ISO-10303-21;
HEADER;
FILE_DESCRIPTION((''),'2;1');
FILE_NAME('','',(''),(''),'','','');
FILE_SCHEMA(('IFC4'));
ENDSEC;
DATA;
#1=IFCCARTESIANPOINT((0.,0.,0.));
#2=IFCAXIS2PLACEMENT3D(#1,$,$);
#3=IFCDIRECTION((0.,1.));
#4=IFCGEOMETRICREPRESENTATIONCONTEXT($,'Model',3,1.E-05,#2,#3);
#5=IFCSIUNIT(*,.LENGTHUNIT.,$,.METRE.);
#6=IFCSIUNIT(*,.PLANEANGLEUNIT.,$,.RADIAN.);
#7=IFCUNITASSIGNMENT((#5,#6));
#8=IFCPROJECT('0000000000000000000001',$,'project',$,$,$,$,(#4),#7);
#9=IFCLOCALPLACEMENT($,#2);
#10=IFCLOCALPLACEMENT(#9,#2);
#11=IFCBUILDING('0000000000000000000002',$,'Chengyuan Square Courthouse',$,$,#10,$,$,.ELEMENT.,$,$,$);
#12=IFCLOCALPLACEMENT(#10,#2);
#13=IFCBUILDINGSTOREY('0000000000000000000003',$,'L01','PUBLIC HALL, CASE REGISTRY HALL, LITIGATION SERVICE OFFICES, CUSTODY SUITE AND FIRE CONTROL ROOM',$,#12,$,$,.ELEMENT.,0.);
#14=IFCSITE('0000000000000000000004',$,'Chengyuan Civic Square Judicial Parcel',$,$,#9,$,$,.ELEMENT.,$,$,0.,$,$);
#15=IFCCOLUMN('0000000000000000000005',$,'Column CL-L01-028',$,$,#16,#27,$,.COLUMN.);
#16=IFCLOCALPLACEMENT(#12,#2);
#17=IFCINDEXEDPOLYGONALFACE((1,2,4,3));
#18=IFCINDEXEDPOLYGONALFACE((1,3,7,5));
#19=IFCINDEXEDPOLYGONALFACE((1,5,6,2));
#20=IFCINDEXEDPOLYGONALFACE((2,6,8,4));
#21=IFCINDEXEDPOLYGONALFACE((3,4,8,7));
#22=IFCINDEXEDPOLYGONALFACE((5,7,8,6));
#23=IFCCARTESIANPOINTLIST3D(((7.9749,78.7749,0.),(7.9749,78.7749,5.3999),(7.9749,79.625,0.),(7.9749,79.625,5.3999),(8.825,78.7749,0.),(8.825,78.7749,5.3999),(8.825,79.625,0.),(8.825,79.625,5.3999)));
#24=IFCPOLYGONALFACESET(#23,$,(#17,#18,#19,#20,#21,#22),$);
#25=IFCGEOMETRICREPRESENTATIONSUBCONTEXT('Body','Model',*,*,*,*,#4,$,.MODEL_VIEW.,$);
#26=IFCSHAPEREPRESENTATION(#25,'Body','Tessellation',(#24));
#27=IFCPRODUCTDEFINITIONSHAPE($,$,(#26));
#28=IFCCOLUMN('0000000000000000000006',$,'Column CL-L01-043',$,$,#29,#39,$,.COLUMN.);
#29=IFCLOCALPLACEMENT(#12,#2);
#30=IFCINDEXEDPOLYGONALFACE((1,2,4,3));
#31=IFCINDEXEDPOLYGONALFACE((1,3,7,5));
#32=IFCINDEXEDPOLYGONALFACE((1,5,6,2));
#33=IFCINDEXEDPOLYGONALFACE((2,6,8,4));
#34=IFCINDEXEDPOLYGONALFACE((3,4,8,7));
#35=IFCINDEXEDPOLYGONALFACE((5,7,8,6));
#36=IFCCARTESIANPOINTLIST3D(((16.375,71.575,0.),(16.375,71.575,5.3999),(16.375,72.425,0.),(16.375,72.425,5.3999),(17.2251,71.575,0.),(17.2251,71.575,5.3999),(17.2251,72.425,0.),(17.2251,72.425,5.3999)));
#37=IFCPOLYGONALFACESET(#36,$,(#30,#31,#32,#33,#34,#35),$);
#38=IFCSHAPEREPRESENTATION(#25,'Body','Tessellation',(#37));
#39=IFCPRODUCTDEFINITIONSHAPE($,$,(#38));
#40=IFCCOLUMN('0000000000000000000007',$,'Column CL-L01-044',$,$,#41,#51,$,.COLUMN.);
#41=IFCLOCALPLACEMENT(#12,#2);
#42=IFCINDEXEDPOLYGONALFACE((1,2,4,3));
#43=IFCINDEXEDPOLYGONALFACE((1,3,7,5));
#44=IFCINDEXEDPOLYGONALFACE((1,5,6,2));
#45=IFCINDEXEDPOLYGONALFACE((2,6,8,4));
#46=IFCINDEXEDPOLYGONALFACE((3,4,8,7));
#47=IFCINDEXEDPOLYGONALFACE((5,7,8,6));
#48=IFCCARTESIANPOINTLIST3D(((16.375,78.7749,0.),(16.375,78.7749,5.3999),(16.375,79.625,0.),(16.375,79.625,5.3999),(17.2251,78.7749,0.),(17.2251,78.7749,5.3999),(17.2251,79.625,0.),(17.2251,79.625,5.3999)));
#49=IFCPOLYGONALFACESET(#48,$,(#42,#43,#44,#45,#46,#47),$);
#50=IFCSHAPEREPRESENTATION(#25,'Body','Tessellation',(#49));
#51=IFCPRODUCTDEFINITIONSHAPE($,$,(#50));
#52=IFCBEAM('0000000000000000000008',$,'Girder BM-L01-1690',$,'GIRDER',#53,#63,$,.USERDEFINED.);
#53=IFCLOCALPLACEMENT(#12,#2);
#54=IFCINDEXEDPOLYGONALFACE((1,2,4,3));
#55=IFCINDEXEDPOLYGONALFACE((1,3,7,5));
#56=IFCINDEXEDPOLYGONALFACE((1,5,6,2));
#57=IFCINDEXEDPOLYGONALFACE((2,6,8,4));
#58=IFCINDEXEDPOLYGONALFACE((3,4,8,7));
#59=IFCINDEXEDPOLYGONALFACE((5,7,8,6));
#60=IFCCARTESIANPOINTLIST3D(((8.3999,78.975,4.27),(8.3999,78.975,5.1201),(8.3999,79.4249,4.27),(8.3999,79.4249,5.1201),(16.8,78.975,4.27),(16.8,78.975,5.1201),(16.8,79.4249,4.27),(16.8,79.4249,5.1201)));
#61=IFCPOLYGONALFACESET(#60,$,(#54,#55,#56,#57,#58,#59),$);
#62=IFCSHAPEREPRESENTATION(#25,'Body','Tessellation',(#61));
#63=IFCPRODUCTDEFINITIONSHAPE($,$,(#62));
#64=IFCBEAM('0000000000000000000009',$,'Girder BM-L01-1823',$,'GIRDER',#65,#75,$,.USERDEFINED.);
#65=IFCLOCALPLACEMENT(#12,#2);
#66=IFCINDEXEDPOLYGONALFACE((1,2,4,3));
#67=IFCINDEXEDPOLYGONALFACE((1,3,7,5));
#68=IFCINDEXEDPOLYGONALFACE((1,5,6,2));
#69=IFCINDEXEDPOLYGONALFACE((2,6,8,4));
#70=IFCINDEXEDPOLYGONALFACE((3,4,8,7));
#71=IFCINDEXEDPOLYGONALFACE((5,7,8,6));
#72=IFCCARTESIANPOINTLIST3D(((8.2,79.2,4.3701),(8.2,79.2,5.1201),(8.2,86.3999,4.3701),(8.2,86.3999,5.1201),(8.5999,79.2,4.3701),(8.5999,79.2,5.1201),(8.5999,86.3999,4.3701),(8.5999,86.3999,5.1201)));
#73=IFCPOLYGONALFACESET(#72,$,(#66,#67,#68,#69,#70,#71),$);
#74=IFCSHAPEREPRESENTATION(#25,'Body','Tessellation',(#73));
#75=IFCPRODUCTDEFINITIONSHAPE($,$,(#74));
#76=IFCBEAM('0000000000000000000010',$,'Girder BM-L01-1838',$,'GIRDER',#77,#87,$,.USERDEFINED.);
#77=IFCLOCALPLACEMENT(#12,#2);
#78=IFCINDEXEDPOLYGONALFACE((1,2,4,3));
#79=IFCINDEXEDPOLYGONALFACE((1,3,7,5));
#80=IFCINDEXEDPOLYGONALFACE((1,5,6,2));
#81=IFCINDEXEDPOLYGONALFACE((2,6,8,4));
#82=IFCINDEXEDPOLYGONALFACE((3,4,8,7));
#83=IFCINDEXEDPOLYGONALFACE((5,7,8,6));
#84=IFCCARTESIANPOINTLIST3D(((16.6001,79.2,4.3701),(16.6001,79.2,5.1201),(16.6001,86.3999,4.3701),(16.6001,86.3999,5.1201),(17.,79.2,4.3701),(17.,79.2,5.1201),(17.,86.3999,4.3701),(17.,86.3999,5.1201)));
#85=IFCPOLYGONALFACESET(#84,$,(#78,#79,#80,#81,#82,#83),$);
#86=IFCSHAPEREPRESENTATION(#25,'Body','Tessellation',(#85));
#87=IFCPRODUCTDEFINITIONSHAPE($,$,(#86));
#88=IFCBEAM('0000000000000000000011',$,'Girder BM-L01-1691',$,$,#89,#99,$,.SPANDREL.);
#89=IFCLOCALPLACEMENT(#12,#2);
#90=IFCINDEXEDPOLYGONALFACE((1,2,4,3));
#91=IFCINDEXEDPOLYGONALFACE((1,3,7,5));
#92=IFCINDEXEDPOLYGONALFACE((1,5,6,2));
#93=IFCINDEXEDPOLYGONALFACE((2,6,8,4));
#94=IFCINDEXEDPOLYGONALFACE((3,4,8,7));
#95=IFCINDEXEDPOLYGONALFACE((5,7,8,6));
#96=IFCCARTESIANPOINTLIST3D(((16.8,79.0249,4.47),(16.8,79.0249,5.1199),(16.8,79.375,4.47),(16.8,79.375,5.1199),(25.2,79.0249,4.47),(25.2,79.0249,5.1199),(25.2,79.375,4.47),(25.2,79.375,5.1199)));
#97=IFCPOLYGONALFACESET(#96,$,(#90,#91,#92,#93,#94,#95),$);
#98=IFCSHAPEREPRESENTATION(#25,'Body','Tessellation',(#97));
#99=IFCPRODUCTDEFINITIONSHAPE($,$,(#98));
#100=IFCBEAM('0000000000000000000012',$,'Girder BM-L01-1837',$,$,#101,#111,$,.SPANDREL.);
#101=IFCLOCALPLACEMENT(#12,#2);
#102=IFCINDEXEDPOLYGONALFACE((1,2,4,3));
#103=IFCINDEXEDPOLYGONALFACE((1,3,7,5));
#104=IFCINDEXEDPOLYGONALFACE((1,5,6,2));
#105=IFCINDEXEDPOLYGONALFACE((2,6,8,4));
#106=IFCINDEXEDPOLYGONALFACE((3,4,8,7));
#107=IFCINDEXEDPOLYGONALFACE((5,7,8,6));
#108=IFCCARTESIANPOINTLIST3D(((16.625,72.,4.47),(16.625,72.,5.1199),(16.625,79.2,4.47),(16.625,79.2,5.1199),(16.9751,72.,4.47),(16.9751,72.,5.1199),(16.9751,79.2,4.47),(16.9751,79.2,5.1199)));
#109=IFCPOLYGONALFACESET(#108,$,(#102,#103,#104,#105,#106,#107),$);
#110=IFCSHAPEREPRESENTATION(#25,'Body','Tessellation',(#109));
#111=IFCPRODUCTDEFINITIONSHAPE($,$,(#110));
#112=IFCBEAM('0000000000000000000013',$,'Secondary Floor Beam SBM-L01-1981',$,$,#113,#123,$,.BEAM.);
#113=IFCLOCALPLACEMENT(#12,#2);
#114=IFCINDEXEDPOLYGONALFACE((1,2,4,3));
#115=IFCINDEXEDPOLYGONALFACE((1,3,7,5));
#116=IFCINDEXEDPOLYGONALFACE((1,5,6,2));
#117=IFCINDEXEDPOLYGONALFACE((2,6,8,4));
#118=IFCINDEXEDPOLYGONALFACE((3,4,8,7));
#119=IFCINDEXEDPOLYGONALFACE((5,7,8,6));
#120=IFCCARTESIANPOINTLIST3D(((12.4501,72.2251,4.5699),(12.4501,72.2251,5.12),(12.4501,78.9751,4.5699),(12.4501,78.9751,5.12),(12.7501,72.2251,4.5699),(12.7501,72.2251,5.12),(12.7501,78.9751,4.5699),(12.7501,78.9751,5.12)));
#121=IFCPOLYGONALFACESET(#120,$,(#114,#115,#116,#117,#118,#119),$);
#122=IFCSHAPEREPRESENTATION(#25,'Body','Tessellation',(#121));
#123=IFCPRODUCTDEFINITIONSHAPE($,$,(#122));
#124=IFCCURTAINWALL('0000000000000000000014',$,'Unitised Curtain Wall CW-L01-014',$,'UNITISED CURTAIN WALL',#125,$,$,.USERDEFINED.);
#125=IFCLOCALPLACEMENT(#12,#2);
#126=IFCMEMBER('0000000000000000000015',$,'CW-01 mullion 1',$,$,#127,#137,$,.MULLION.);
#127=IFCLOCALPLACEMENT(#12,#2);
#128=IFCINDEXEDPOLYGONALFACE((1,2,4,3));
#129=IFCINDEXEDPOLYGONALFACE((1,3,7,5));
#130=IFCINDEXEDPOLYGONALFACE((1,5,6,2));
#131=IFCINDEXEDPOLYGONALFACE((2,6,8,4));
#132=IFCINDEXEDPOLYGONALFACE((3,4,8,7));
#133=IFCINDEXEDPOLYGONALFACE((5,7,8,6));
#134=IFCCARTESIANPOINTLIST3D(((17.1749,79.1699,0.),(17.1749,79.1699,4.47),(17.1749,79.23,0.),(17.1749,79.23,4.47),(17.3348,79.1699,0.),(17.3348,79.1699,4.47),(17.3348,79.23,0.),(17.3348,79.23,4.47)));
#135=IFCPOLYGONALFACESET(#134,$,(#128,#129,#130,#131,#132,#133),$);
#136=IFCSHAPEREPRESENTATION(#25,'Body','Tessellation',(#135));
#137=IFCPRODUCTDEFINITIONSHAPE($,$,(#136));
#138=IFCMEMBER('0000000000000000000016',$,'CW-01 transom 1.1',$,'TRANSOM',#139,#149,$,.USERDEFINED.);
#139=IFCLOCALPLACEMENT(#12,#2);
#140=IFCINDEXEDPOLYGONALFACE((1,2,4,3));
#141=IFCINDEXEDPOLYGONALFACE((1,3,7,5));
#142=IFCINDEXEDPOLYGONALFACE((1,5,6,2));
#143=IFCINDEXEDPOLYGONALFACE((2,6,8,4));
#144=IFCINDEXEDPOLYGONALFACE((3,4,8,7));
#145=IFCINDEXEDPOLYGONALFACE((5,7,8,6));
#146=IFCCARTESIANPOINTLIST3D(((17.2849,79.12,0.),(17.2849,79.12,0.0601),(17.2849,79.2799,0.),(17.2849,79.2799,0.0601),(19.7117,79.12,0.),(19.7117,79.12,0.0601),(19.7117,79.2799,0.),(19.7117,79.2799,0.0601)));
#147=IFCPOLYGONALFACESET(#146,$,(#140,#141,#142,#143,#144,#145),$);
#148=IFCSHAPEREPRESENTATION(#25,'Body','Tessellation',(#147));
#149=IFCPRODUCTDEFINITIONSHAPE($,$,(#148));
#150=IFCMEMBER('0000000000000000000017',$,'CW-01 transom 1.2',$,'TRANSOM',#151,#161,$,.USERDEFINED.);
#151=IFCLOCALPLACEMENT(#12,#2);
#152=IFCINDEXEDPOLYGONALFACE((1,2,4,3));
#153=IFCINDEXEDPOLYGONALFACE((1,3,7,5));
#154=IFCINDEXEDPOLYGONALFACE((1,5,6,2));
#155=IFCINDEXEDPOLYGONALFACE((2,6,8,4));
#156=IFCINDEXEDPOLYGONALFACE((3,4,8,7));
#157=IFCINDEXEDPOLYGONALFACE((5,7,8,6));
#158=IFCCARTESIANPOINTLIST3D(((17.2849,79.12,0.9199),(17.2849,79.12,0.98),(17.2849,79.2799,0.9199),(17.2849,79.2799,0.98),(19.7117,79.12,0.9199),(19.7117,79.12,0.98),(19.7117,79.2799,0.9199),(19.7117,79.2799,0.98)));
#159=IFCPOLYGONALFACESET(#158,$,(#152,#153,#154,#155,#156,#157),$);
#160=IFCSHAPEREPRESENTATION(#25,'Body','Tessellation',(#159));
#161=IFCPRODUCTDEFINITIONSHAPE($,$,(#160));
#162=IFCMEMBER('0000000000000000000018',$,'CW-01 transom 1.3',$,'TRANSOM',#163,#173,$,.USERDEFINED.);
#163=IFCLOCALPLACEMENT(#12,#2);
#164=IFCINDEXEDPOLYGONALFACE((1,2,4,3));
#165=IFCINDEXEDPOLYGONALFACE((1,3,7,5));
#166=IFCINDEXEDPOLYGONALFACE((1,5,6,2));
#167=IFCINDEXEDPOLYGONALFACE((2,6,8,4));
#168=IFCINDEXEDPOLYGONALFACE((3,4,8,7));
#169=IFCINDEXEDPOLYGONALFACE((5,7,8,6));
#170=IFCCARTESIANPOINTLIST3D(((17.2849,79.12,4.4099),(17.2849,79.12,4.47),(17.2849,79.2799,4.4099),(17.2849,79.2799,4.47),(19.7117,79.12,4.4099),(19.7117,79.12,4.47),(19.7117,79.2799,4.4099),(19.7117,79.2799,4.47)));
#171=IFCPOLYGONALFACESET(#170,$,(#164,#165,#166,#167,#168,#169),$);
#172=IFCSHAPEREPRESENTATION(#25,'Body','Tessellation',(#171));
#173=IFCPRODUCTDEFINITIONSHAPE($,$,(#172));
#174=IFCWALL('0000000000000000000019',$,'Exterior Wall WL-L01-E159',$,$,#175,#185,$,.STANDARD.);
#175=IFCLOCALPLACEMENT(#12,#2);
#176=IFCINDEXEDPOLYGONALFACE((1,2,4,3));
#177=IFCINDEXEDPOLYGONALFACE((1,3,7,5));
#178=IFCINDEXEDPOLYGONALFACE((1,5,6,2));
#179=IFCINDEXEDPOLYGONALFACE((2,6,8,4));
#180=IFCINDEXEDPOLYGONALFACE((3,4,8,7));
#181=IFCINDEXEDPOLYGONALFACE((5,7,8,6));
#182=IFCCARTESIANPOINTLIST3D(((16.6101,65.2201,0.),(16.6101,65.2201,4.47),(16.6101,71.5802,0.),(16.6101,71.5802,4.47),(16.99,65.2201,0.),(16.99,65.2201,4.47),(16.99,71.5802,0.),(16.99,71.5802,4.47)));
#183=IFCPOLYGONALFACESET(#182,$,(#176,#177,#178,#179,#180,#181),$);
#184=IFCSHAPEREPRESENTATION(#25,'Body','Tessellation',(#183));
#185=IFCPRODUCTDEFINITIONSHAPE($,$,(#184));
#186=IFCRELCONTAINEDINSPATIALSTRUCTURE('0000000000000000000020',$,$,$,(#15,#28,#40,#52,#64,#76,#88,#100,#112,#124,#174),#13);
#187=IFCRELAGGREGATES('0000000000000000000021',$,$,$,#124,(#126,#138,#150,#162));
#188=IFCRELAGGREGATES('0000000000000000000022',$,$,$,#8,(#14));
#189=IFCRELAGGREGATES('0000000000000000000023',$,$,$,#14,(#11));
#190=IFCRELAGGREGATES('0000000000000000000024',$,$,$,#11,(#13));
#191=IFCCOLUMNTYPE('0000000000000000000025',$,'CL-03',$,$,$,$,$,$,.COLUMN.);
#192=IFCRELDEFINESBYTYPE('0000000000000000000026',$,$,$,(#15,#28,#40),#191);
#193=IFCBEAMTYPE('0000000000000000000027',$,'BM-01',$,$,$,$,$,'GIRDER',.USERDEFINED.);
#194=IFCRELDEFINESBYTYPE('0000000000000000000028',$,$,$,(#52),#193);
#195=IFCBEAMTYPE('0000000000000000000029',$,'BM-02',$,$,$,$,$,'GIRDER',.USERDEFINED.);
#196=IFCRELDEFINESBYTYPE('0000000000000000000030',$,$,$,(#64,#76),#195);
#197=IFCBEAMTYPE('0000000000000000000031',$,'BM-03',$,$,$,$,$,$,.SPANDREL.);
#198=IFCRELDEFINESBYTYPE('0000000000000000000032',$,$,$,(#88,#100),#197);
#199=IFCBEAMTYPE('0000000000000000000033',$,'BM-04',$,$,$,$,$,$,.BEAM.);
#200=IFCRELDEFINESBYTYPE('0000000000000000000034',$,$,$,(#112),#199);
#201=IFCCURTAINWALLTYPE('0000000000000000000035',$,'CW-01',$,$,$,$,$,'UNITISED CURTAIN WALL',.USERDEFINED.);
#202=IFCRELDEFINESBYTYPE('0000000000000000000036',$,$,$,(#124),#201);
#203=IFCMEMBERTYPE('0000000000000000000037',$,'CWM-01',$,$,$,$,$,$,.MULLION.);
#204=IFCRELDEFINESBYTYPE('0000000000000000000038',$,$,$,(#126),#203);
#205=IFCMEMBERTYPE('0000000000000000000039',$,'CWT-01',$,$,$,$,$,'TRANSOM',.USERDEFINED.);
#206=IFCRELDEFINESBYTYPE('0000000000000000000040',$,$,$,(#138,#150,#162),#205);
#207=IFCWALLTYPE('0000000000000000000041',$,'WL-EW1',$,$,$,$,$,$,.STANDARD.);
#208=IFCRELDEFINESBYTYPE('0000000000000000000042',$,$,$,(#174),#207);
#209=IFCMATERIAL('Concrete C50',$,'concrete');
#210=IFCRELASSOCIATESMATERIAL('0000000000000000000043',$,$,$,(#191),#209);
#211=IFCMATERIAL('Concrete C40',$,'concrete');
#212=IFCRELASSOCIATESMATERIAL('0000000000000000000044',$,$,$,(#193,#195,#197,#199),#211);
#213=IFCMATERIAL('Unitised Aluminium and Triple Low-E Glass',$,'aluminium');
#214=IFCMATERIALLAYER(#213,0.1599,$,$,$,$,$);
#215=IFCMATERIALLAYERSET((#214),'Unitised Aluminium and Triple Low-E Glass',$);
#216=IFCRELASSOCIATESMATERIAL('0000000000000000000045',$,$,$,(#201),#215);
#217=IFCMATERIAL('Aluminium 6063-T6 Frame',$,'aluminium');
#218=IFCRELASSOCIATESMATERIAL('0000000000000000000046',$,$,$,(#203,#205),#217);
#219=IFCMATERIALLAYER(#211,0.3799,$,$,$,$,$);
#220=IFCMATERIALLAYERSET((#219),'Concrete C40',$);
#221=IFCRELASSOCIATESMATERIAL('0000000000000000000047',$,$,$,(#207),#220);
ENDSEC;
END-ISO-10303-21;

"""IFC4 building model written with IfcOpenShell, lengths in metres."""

from ifc_helpers import new_model, si_unit, direction, frame, frame_2d, origin, origin_2d, place, context, subcontext, project, spatial, rectangle, extrude, material, layer, layer_set, material_profile, profile_set, type_object, element, aggregate, save


model = new_model("IFC4")

# Units and contexts
model_context = context("Model", 3, precision=1e-05, world=origin(), true_north=direction((0.0, 1.0)))
body_context = subcontext(model_context, "Body", "Model", "MODEL_VIEW")
ifc_project = project(units=[si_unit("LENGTHUNIT", "METRE"), si_unit("PLANEANGLEUNIT", "RADIAN")], contexts=[model_context])

# Site, building, storey
site_placement = place(None, origin())
site = spatial("IfcSite", under=ifc_project, at=site_placement, Name="Chengyuan Civic Square Judicial Parcel", CompositionType="ELEMENT", RefElevation=0.0)
building_placement = place(site_placement, origin())
building = spatial("IfcBuilding", under=site, at=building_placement, Name="Chengyuan Square Courthouse", CompositionType="ELEMENT")
storey_placement = place(building_placement, origin())
storey = spatial("IfcBuildingStorey", under=building, at=storey_placement, Name="L01", Description="PUBLIC HALL, CASE REGISTRY HALL, LITIGATION SERVICE OFFICES, CUSTODY SUITE AND FIRE CONTROL ROOM", CompositionType="ELEMENT", Elevation=0.0)

# Columns
ifc_material_1 = material(Name="Concrete C50", Category="concrete")
ifc_material_profile_1 = material_profile(ifc_material_1, rectangle(XDim=0.8501, YDim=0.8501, at=origin_2d()), Name="RC-COL-850x850")
ifc_profile_set_1 = profile_set([ifc_material_profile_1], Name="Concrete C50")
column_type = type_object("IfcColumnType", Name="CL-03", PredefinedType="COLUMN", material=ifc_profile_set_1)
for number, where, z_axis, x_axis, name in (
    (1, (8.3999, 79.2, 0.0), (0.0, 0.0, 1.0), (1.0, 0.0, 0.0), "Column CL-L01-028"),
    (2, (16.8, 72.0, 0.0), (0.0, 0.0, 1.0), (1.0, 0.0, 0.0), "Column CL-L01-043"),
    (3, (16.8, 79.2, 0.0), (0.0, 0.0, 1.0), (1.0, 0.0, 0.0), "Column CL-L01-044"),
):
    element("IfcColumn", number, at=place(storey_placement, frame(where, z_axis=z_axis, x_axis=x_axis)), inside=storey, type_object=column_type, Name=name, PredefinedType="COLUMN", context=body_context, shape_type="SweptSolid", body=[
        extrude(rectangle(XDim=0.8501, YDim=0.8501, at=origin_2d()), origin(), (0.0, 0.0, 1.0), 5.3999),
    ])

# Beams
ifc_material_2 = material(Name="Concrete C40", Category="concrete")
ifc_material_profile_2 = material_profile(ifc_material_2, rectangle(XDim=0.45, YDim=0.8501, at=origin_2d()), Name="RC-BM-450x850")
ifc_profile_set_2 = profile_set([ifc_material_profile_2], Name="Concrete C40")
beam_type_1 = type_object("IfcBeamType", Name="BM-01", ElementType="GIRDER", PredefinedType="USERDEFINED", material=ifc_profile_set_2)
beam_1_placement = place(storey_placement, frame((8.3999, 79.2, 4.6951), z_axis=(1.0, 0.0, 0.0), x_axis=(0.0, 1.0, 0.0)))
element("IfcBeam", 4, at=beam_1_placement, inside=storey, type_object=beam_type_1, Name="Girder BM-L01-1690", ObjectType="GIRDER", PredefinedType="USERDEFINED", context=body_context, shape_type="SweptSolid", body=[
    extrude(rectangle(XDim=0.45, YDim=0.8501, at=origin_2d()), origin(), (0.0, 0.0, 1.0), 8.4001),
])
ifc_material_profile_3 = material_profile(ifc_material_2, rectangle(XDim=0.3999, YDim=0.75, at=origin_2d()), Name="RC-BM-400x750")
ifc_profile_set_3 = profile_set([ifc_material_profile_3], Name="Concrete C40")
beam_type_2 = type_object("IfcBeamType", Name="BM-02", ElementType="GIRDER", PredefinedType="USERDEFINED", material=ifc_profile_set_3)
for number, where, z_axis, x_axis, name in (
    (5, (8.3999, 79.2, 4.7451), (0.0, 1.0, 0.0), (-1.0, 0.0, 0.0), "Girder BM-L01-1823"),
    (6, (16.8, 79.2, 4.7451), (0.0, 1.0, 0.0), (-1.0, 0.0, 0.0), "Girder BM-L01-1838"),
):
    element("IfcBeam", number, at=place(storey_placement, frame(where, z_axis=z_axis, x_axis=x_axis)), inside=storey, type_object=beam_type_2, Name=name, ObjectType="GIRDER", PredefinedType="USERDEFINED", context=body_context, shape_type="SweptSolid", body=[
        extrude(rectangle(XDim=0.3999, YDim=0.75, at=origin_2d()), origin(), (0.0, 0.0, 1.0), 7.2),
    ])
ifc_material_profile_4 = material_profile(ifc_material_2, rectangle(XDim=0.3501, YDim=0.6499, at=origin_2d()), Name="RC-BM-350x650")
ifc_profile_set_4 = profile_set([ifc_material_profile_4], Name="Concrete C40")
beam_type_3 = type_object("IfcBeamType", Name="BM-03", PredefinedType="SPANDREL", material=ifc_profile_set_4)
beam_2_placement = place(storey_placement, frame((16.8, 79.2, 4.7949), z_axis=(1.0, 0.0, 0.0), x_axis=(0.0, 1.0, 0.0)))
element("IfcBeam", 7, at=beam_2_placement, inside=storey, type_object=beam_type_3, Name="Girder BM-L01-1691", PredefinedType="SPANDREL", context=body_context, shape_type="SweptSolid", body=[
    extrude(rectangle(XDim=0.3501, YDim=0.6499, at=origin_2d()), origin(), (0.0, 0.0, 1.0), 8.3999),
])
beam_3_placement = place(storey_placement, frame((16.8, 72.0, 4.7949), z_axis=(0.0, 1.0, 0.0), x_axis=(-1.0, 0.0, 0.0)))
element("IfcBeam", 8, at=beam_3_placement, inside=storey, type_object=beam_type_3, Name="Girder BM-L01-1837", PredefinedType="SPANDREL", context=body_context, shape_type="SweptSolid", body=[
    extrude(rectangle(XDim=0.3501, YDim=0.6499, at=origin_2d()), origin(), (0.0, 0.0, 1.0), 7.2),
])
ifc_material_profile_5 = material_profile(ifc_material_2, rectangle(XDim=0.3, YDim=0.55, at=origin_2d()), Name="RC-BM-300x550")
ifc_profile_set_5 = profile_set([ifc_material_profile_5], Name="Concrete C40")
beam_type_4 = type_object("IfcBeamType", Name="BM-04", PredefinedType="BEAM", material=ifc_profile_set_5)
beam_4_placement = place(storey_placement, frame((12.6001, 72.2251, 4.845), z_axis=(0.0, 1.0, 0.0), x_axis=(-1.0, 0.0, 0.0)))
element("IfcBeam", 9, at=beam_4_placement, inside=storey, type_object=beam_type_4, Name="Secondary Floor Beam SBM-L01-1981", PredefinedType="BEAM", context=body_context, shape_type="SweptSolid", body=[
    extrude(rectangle(XDim=0.3, YDim=0.55, at=origin_2d()), origin(), (0.0, 0.0, 1.0), 6.75),
])

# Curtain wall, members
ifc_material_3 = material(Name="Unitised Aluminium and Triple Low-E Glass", Category="aluminium")
ifc_layer_1 = layer(ifc_material_3, 0.1599)
ifc_layer_set_1 = layer_set([ifc_layer_1], Name="Unitised Aluminium and Triple Low-E Glass")
curtain_wall_type = type_object("IfcCurtainWallType", Name="CW-01", ElementType="UNITISED CURTAIN WALL", PredefinedType="USERDEFINED", material=ifc_layer_set_1)
curtain_wall_placement = place(storey_placement, origin())
curtain_wall = element("IfcCurtainWall", 10, at=curtain_wall_placement, inside=storey, type_object=curtain_wall_type, Name="Unitised Curtain Wall CW-L01-014", ObjectType="UNITISED CURTAIN WALL", PredefinedType="USERDEFINED")
ifc_material_4 = material(Name="Aluminium 6063-T6 Frame", Category="aluminium")
ifc_material_profile_6 = material_profile(ifc_material_4, rectangle(XDim=0.0601, YDim=0.1599, at=origin_2d()), Name="CW-MUL-60x160")
ifc_profile_set_6 = profile_set([ifc_material_profile_6], Name="Aluminium 6063-T6 Frame")
member_type_1 = type_object("IfcMemberType", Name="CWM-01", PredefinedType="MULLION", material=ifc_profile_set_6)
member_1_placement = place(storey_placement, frame((17.2549, 79.2, 0.0), z_axis=(0.0, 0.0, 1.0), x_axis=(0.0, 1.0, 0.0)))
member_1 = element("IfcMember", 11, at=member_1_placement, type_object=member_type_1, Name="CW-01 mullion 1", PredefinedType="MULLION", context=body_context, shape_type="SweptSolid", body=[
    extrude(rectangle(XDim=0.0601, YDim=0.1599, at=origin_2d()), origin(), (0.0, 0.0, 1.0), 4.47),
])
ifc_material_profile_7 = material_profile(ifc_material_4, rectangle(XDim=0.1599, YDim=0.0601, at=origin_2d()), Name="CW-TRN-60x120")
ifc_profile_set_7 = profile_set([ifc_material_profile_7], Name="Aluminium 6063-T6 Frame")
member_type_2 = type_object("IfcMemberType", Name="CWT-01", ElementType="TRANSOM", PredefinedType="USERDEFINED", material=ifc_profile_set_7)
member_2_placement = place(storey_placement, frame((17.2849, 79.2, 0.03), z_axis=(1.0, 0.0, 0.0), x_axis=(0.0, 1.0, 0.0)))
member_2 = element("IfcMember", 12, at=member_2_placement, type_object=member_type_2, Name="CW-01 transom 1.1", ObjectType="TRANSOM", PredefinedType="USERDEFINED", context=body_context, shape_type="SweptSolid", body=[
    extrude(rectangle(XDim=0.1599, YDim=0.0601, at=origin_2d()), origin(), (0.0, 0.0, 1.0), 2.4268),
])
member_3_placement = place(storey_placement, frame((17.2849, 79.2, 0.95), z_axis=(1.0, 0.0, 0.0), x_axis=(0.0, 1.0, 0.0)))
member_3 = element("IfcMember", 13, at=member_3_placement, type_object=member_type_2, Name="CW-01 transom 1.2", ObjectType="TRANSOM", PredefinedType="USERDEFINED", context=body_context, shape_type="SweptSolid", body=[
    extrude(rectangle(XDim=0.1599, YDim=0.0601, at=origin_2d()), origin(), (0.0, 0.0, 1.0), 2.4268),
])
member_4_placement = place(storey_placement, frame((17.2849, 79.2, 4.4399), z_axis=(1.0, 0.0, 0.0), x_axis=(0.0, 1.0, 0.0)))
member_4 = element("IfcMember", 14, at=member_4_placement, type_object=member_type_2, Name="CW-01 transom 1.3", ObjectType="TRANSOM", PredefinedType="USERDEFINED", context=body_context, shape_type="SweptSolid", body=[
    extrude(rectangle(XDim=0.1599, YDim=0.0601, at=origin_2d()), origin(), (0.0, 0.0, 1.0), 2.4268),
])
aggregate(curtain_wall, [member_1, member_2, member_3, member_4])

# Wall
ifc_layer_2 = layer(ifc_material_2, 0.3799)
ifc_layer_set_2 = layer_set([ifc_layer_2], Name="Concrete C40")
wall_type = type_object("IfcWallType", Name="WL-EW1", PredefinedType="STANDARD", material=ifc_layer_set_2)
for number, where, z_axis, x_axis, name in (
    (15, (16.8, 65.22, 0.0), (0.0, 0.0, 1.0), (0.0, 1.0, 0.0), "Exterior Wall WL-L01-E159"),
):
    element("IfcWall", number, at=place(storey_placement, frame(where, z_axis=z_axis, x_axis=x_axis)), inside=storey, type_object=wall_type, Name=name, PredefinedType="STANDARD", context=body_context, shape_type="SweptSolid", body=[
        extrude(rectangle(XDim=6.3601, YDim=0.3799, at=frame_2d((3.1802, 0.0))), origin(), (0.0, 0.0, 1.0), 4.47),
    ])

save(model, "model.ifc")
